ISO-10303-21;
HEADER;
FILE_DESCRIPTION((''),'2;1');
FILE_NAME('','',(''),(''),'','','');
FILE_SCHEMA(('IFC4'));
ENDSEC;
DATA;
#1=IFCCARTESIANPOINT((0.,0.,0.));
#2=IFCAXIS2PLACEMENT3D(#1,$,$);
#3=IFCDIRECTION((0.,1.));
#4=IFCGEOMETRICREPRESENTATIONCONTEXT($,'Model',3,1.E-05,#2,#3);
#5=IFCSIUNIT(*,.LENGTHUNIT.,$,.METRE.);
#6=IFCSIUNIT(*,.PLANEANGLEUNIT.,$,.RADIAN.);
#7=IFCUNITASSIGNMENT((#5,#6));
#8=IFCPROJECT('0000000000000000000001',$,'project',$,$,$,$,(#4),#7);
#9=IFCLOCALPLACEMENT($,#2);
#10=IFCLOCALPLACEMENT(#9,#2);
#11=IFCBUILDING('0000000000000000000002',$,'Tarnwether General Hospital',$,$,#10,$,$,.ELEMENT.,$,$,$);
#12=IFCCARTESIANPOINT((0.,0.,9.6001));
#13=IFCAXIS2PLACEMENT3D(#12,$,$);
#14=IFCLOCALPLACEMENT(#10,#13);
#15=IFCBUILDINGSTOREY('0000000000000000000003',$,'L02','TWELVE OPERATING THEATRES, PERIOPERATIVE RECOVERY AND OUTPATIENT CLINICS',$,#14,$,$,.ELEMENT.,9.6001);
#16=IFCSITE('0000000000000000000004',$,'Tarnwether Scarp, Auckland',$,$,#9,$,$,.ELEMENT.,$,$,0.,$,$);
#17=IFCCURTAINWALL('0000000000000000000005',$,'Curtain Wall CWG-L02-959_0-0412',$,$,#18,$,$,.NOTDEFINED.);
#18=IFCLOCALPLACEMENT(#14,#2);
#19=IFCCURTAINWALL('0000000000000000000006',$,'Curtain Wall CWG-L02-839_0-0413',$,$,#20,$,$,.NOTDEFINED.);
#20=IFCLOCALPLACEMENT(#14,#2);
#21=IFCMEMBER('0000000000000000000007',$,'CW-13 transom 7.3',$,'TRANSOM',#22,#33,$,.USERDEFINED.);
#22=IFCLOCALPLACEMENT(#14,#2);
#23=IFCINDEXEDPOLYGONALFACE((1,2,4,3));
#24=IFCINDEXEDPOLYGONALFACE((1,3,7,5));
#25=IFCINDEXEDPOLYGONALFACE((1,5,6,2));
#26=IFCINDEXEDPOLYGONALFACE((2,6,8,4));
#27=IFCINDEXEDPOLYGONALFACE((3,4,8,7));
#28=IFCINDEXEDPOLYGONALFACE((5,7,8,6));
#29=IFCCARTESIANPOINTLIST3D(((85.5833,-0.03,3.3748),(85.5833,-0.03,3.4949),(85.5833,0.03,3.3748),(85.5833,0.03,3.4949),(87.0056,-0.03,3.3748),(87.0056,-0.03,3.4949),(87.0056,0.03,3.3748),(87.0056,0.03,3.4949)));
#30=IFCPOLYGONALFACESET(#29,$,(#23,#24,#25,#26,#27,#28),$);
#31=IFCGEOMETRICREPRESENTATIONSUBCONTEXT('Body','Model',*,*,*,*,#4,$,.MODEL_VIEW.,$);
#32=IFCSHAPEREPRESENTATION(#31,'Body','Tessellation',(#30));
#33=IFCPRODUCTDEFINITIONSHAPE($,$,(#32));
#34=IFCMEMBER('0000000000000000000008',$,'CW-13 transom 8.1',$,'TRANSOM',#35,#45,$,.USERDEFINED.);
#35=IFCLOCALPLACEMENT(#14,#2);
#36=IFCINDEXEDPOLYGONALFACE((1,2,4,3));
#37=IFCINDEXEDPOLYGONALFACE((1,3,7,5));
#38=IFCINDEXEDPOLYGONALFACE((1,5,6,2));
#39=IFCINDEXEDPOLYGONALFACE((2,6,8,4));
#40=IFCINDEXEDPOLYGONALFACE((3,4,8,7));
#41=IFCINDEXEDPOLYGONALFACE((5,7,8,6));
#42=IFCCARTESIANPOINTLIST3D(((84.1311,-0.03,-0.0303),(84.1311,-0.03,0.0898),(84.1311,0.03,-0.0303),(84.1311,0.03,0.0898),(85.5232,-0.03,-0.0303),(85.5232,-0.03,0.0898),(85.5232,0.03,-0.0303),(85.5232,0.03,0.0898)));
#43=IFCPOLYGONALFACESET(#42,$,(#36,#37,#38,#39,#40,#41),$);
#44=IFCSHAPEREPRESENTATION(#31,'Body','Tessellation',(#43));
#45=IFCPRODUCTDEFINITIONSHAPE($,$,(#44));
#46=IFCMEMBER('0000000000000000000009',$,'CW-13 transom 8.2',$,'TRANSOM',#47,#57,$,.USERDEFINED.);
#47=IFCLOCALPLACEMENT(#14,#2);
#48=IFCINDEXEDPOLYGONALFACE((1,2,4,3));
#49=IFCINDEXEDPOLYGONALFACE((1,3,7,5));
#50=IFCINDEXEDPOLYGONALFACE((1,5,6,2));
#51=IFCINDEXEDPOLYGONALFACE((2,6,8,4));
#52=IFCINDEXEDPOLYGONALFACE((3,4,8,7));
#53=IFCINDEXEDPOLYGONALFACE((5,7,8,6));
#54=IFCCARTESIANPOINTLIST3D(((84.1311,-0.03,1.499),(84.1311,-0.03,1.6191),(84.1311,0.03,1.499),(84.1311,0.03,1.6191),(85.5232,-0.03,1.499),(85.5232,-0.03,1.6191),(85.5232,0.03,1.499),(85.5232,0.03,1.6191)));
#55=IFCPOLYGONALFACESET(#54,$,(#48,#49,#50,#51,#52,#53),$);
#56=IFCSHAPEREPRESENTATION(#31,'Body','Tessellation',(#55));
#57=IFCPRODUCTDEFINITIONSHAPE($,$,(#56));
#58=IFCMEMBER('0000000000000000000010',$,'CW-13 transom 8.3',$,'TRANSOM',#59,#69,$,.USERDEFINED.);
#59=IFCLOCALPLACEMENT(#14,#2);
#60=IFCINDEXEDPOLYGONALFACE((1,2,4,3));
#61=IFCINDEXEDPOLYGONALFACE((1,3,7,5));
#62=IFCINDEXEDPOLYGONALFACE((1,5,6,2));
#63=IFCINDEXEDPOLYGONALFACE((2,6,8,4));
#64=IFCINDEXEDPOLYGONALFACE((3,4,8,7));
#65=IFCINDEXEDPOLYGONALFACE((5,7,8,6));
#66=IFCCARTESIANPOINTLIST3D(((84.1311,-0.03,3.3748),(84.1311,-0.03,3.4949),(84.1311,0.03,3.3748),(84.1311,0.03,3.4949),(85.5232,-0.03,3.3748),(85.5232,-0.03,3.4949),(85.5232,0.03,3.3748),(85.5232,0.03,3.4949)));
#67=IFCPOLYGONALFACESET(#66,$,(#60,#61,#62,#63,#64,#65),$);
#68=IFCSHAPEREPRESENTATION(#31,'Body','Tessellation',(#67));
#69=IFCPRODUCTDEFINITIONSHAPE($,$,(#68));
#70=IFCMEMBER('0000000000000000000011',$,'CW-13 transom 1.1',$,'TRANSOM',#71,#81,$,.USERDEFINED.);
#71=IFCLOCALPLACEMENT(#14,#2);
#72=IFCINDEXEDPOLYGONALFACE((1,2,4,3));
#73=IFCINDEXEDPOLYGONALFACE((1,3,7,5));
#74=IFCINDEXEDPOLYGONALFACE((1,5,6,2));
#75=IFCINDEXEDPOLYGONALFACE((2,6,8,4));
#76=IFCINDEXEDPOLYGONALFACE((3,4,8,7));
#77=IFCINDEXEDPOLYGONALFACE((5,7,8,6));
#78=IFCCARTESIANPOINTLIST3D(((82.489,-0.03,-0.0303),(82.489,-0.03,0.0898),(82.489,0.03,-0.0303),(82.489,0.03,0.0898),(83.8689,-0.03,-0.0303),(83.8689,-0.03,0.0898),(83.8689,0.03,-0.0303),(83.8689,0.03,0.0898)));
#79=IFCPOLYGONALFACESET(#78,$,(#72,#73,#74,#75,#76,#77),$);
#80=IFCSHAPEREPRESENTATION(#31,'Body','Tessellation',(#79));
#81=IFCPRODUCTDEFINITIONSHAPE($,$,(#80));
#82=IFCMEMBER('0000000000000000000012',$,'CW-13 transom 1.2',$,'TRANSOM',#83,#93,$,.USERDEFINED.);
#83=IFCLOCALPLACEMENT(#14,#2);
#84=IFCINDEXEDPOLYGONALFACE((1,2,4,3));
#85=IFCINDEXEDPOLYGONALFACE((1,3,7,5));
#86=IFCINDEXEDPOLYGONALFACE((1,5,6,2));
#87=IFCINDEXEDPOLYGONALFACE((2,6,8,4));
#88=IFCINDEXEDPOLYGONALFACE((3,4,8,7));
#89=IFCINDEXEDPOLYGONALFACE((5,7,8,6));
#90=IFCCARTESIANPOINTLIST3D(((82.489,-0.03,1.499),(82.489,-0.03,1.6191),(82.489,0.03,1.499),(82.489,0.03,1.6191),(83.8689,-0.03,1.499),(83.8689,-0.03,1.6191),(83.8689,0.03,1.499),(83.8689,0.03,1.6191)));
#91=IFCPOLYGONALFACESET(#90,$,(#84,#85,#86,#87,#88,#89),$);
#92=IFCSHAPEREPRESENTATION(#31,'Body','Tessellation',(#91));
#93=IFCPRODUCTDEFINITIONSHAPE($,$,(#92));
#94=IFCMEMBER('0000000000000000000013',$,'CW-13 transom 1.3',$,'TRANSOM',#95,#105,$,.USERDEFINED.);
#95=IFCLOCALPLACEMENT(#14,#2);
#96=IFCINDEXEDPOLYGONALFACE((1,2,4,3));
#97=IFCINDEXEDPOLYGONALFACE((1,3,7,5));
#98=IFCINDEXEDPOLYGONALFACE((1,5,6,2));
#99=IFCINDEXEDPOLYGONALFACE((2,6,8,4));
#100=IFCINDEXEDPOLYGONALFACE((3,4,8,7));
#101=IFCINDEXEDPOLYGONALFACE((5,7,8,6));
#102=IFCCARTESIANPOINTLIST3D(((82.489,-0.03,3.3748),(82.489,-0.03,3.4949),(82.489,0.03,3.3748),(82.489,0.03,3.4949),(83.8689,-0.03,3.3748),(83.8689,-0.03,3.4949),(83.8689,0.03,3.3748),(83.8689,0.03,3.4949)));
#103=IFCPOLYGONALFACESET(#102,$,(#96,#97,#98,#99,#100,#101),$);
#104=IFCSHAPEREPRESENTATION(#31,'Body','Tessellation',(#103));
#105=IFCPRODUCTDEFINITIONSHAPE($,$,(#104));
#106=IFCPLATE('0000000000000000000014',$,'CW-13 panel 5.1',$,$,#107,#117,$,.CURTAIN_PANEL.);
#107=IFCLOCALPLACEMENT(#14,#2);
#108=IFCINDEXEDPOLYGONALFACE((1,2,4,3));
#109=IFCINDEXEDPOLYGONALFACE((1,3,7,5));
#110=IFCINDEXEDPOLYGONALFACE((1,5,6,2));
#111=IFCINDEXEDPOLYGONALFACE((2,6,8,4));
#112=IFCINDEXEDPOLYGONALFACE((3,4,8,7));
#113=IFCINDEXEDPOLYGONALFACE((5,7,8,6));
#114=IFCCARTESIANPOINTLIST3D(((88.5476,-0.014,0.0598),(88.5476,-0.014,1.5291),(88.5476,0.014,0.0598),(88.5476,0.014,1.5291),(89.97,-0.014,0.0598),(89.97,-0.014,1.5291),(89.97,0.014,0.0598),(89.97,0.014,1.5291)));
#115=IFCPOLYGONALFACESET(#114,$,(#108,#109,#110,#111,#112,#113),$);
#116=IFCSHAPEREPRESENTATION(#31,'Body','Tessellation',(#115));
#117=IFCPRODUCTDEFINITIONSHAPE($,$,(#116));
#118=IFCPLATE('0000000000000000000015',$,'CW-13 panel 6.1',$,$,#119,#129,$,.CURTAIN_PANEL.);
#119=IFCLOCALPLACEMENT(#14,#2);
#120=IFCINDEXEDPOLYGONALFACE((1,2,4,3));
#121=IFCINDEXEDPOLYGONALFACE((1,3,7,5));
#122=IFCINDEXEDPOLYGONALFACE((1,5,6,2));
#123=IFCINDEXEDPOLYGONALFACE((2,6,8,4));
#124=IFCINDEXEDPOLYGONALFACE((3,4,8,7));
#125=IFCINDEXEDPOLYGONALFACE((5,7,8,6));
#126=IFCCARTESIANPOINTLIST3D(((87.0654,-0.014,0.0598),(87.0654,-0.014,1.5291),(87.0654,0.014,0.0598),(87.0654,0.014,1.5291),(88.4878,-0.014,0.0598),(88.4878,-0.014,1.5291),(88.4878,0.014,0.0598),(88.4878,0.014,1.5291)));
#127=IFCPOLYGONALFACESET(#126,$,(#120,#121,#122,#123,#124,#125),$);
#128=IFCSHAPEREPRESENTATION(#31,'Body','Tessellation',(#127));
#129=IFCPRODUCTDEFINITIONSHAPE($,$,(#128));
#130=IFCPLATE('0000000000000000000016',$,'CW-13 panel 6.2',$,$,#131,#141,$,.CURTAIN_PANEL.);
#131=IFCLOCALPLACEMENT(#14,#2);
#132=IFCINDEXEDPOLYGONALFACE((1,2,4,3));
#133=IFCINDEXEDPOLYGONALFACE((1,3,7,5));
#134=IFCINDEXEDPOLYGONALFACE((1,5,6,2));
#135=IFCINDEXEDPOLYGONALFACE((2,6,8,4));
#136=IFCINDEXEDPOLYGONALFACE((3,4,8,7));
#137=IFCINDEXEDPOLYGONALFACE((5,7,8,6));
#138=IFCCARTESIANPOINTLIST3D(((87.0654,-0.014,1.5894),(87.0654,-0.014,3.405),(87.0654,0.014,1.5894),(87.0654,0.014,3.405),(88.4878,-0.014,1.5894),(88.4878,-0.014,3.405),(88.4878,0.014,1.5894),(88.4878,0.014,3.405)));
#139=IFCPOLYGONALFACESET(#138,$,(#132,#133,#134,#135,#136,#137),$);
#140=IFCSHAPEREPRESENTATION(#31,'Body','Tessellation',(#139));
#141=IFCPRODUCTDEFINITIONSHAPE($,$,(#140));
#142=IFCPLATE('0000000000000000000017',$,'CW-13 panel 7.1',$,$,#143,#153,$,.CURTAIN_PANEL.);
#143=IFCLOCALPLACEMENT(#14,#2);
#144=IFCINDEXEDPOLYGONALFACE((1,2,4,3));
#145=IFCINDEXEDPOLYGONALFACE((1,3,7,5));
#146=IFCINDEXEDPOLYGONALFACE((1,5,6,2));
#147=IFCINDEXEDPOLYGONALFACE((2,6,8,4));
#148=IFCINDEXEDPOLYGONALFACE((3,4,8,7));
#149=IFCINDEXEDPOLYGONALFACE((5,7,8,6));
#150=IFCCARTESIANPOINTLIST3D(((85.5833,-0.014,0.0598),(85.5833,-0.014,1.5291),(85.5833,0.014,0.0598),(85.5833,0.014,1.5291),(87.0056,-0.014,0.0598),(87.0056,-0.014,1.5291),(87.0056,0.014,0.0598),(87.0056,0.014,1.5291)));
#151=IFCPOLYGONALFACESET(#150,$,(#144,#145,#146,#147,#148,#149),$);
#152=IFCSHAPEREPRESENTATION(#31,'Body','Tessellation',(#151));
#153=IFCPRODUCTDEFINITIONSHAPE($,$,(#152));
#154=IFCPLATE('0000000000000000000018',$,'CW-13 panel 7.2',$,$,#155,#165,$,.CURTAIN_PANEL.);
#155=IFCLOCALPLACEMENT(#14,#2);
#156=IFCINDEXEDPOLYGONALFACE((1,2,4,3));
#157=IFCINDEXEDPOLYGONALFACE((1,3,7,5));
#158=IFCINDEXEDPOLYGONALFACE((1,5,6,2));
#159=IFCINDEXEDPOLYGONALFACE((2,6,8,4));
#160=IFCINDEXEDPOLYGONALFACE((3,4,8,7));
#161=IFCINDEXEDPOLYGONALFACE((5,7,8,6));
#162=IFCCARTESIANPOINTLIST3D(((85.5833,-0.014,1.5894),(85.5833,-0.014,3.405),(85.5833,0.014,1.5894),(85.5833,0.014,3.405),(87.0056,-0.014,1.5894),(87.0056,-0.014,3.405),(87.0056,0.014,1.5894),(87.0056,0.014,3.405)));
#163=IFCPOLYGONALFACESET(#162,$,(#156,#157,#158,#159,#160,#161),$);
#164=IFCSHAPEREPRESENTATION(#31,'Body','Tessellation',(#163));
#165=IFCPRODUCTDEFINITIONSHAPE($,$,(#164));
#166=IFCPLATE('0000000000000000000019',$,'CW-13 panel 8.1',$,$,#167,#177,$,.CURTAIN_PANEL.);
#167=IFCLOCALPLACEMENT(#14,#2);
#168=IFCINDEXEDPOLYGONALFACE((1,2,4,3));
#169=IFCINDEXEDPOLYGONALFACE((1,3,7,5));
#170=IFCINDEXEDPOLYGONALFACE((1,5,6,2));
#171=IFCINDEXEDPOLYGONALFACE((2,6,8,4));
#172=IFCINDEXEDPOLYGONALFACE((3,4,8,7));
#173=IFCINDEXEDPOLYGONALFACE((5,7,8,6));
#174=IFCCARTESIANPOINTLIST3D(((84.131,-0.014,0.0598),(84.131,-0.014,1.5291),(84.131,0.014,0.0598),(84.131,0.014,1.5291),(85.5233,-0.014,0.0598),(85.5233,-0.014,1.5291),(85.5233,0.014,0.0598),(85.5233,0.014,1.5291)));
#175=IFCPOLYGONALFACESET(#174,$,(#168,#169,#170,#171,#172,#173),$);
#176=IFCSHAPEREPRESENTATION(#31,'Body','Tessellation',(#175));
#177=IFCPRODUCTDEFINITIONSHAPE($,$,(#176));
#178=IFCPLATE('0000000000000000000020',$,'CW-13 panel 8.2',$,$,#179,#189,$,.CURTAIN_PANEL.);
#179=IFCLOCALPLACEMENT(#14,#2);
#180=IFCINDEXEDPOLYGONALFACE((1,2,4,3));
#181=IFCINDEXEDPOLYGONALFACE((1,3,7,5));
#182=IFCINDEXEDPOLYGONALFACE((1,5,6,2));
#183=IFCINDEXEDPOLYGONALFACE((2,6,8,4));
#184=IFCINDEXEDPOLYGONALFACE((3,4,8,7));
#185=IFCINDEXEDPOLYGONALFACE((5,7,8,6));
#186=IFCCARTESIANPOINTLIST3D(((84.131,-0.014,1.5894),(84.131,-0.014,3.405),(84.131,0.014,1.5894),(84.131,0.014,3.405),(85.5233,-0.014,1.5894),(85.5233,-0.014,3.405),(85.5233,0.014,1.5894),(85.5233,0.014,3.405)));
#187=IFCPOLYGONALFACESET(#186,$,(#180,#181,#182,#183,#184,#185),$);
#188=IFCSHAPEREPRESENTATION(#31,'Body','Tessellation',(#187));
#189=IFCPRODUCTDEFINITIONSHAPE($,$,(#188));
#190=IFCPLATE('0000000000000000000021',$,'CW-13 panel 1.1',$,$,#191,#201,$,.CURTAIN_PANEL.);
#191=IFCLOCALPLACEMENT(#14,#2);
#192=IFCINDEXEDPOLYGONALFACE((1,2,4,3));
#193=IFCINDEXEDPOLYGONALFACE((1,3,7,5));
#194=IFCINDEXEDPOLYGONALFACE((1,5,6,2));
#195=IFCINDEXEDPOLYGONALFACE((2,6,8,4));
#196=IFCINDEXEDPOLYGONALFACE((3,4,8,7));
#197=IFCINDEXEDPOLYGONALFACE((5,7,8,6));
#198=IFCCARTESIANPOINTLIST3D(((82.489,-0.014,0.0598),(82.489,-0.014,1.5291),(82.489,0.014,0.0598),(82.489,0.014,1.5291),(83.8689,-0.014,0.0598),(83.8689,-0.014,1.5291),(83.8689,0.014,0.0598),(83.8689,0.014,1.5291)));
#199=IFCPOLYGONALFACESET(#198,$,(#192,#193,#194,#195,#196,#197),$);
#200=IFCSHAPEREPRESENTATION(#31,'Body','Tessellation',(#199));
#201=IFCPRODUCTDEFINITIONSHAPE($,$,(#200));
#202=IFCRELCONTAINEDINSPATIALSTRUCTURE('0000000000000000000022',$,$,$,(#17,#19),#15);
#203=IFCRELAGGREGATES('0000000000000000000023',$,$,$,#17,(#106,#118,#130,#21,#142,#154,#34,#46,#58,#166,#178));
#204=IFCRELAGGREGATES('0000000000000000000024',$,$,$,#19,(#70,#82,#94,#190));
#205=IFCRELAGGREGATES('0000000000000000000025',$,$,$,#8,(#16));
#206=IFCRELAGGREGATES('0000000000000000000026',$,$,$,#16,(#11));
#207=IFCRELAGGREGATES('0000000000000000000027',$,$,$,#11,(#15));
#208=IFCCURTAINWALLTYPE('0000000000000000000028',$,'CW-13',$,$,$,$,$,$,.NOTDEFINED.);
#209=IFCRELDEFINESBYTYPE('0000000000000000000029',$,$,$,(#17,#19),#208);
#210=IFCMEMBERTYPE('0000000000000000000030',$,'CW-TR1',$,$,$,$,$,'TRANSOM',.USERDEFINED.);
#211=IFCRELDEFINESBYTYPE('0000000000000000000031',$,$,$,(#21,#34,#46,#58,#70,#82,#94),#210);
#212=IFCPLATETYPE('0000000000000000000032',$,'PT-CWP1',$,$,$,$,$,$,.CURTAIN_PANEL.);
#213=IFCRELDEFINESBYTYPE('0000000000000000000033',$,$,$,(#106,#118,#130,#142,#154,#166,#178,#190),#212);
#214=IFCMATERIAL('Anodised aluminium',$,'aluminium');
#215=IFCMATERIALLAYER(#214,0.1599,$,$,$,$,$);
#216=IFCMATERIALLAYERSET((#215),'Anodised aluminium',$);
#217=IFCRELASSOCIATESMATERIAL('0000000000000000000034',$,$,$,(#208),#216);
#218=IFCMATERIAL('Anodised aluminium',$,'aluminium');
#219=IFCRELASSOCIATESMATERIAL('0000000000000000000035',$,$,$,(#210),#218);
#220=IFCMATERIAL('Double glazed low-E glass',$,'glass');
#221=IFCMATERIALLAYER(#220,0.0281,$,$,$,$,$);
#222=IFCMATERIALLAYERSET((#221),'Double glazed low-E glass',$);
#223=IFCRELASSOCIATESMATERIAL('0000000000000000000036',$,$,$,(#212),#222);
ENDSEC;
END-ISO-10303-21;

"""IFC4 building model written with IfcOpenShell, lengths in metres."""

from ifc_helpers import new_model, si_unit, direction, frame, origin, origin_2d, place, context, subcontext, project, spatial, rectangle, extrude, material, layer, layer_set, material_profile, profile_set, type_object, element, aggregate, save


model = new_model("IFC4")

# Units and contexts
model_context = context("Model", 3, precision=1e-05, world=origin(), true_north=direction((0.0, 1.0)))
body_context = subcontext(model_context, "Body", "Model", "MODEL_VIEW")
ifc_project = project(units=[si_unit("LENGTHUNIT", "METRE"), si_unit("PLANEANGLEUNIT", "RADIAN")], contexts=[model_context])

# Site, building, storey
site_placement = place(None, origin())
site = spatial("IfcSite", under=ifc_project, at=site_placement, Name="Tarnwether Scarp, Auckland", CompositionType="ELEMENT", RefElevation=0.0)
building_placement = place(site_placement, origin())
building = spatial("IfcBuilding", under=site, at=building_placement, Name="Tarnwether General Hospital", CompositionType="ELEMENT")
storey_placement = place(building_placement, frame((0.0, 0.0, 9.6001)))
storey = spatial("IfcBuildingStorey", under=building, at=storey_placement, Name="L02", Description="TWELVE OPERATING THEATRES, PERIOPERATIVE RECOVERY AND OUTPATIENT CLINICS", CompositionType="ELEMENT", Elevation=9.6001)

# Curtain wall
ifc_material_1 = material(Name="Anodised aluminium", Category="aluminium")
ifc_layer_1 = layer(ifc_material_1, 0.1599)
ifc_layer_set_1 = layer_set([ifc_layer_1], Name="Anodised aluminium")
curtain_wall_type = type_object("IfcCurtainWallType", Name="CW-13", PredefinedType="NOTDEFINED", material=ifc_layer_set_1)
curtain_wall_1_placement = place(storey_placement, origin())
curtain_wall_1 = element("IfcCurtainWall", 1, at=curtain_wall_1_placement, inside=storey, type_object=curtain_wall_type, Name="Curtain Wall CWG-L02-959_0-0412", PredefinedType="NOTDEFINED")

# Curtain wall
curtain_wall_2_placement = place(storey_placement, origin())
curtain_wall_2 = element("IfcCurtainWall", 2, at=curtain_wall_2_placement, inside=storey, type_object=curtain_wall_type, Name="Curtain Wall CWG-L02-839_0-0413", PredefinedType="NOTDEFINED")

# Members
ifc_material_2 = material(Name="Anodised aluminium", Category="aluminium")
ifc_material_profile_1 = material_profile(ifc_material_2, rectangle(XDim=0.0601, YDim=0.1201, at=origin_2d()), Name="ALU-TRN-60x120")
ifc_profile_set_1 = profile_set([ifc_material_profile_1], Name="Anodised aluminium")
member_type_1 = type_object("IfcMemberType", Name="CW-TR1", ElementType="TRANSOM", PredefinedType="USERDEFINED", material=ifc_profile_set_1)
member_1_placement = place(storey_placement, frame((87.0056, 0.0, 3.4348), z_axis=(-1.0, 0.0, 0.0), x_axis=(0.0, -1.0, 0.0)))
member_1 = element("IfcMember", 3, at=member_1_placement, type_object=member_type_1, Name="CW-13 transom 7.3", ObjectType="TRANSOM", PredefinedType="USERDEFINED", context=body_context, shape_type="SweptSolid", body=[
    extrude(rectangle(XDim=0.0601, YDim=0.1201, at=origin_2d()), origin(), (0.0, 0.0, 1.0), 1.4224),
])
member_2_placement = place(storey_placement, frame((85.5232, 0.0, 0.0298), z_axis=(-1.0, 0.0, 0.0), x_axis=(0.0, -1.0, 0.0)))
member_2 = element("IfcMember", 4, at=member_2_placement, type_object=member_type_1, Name="CW-13 transom 8.1", ObjectType="TRANSOM", PredefinedType="USERDEFINED", context=body_context, shape_type="SweptSolid", body=[
    extrude(rectangle(XDim=0.0601, YDim=0.1201, at=origin_2d()), origin(), (0.0, 0.0, 1.0), 1.3921),
])
member_3_placement = place(storey_placement, frame((85.5232, 0.0, 1.5591), z_axis=(-1.0, 0.0, 0.0), x_axis=(0.0, -1.0, 0.0)))
member_3 = element("IfcMember", 5, at=member_3_placement, type_object=member_type_1, Name="CW-13 transom 8.2", ObjectType="TRANSOM", PredefinedType="USERDEFINED", context=body_context, shape_type="SweptSolid", body=[
    extrude(rectangle(XDim=0.0601, YDim=0.1201, at=origin_2d()), origin(), (0.0, 0.0, 1.0), 1.3921),
])
member_4_placement = place(storey_placement, frame((85.5232, 0.0, 3.4348), z_axis=(-1.0, 0.0, 0.0), x_axis=(0.0, -1.0, 0.0)))
member_4 = element("IfcMember", 6, at=member_4_placement, type_object=member_type_1, Name="CW-13 transom 8.3", ObjectType="TRANSOM", PredefinedType="USERDEFINED", context=body_context, shape_type="SweptSolid", body=[
    extrude(rectangle(XDim=0.0601, YDim=0.1201, at=origin_2d()), origin(), (0.0, 0.0, 1.0), 1.3921),
])
member_5_placement = place(storey_placement, frame((83.8689, 0.0, 0.0298), z_axis=(-1.0, 0.0, 0.0), x_axis=(0.0, -1.0, 0.0)))
member_5 = element("IfcMember", 7, at=member_5_placement, type_object=member_type_1, Name="CW-13 transom 1.1", ObjectType="TRANSOM", PredefinedType="USERDEFINED", context=body_context, shape_type="SweptSolid", body=[
    extrude(rectangle(XDim=0.0601, YDim=0.1201, at=origin_2d()), origin(), (0.0, 0.0, 1.0), 1.3799),
])
member_6_placement = place(storey_placement, frame((83.8689, 0.0, 1.5591), z_axis=(-1.0, 0.0, 0.0), x_axis=(0.0, -1.0, 0.0)))
member_6 = element("IfcMember", 8, at=member_6_placement, type_object=member_type_1, Name="CW-13 transom 1.2", ObjectType="TRANSOM", PredefinedType="USERDEFINED", context=body_context, shape_type="SweptSolid", body=[
    extrude(rectangle(XDim=0.0601, YDim=0.1201, at=origin_2d()), origin(), (0.0, 0.0, 1.0), 1.3799),
])
member_7_placement = place(storey_placement, frame((83.8689, 0.0, 3.4348), z_axis=(-1.0, 0.0, 0.0), x_axis=(0.0, -1.0, 0.0)))
member_7 = element("IfcMember", 9, at=member_7_placement, type_object=member_type_1, Name="CW-13 transom 1.3", ObjectType="TRANSOM", PredefinedType="USERDEFINED", context=body_context, shape_type="SweptSolid", body=[
    extrude(rectangle(XDim=0.0601, YDim=0.1201, at=origin_2d()), origin(), (0.0, 0.0, 1.0), 1.3799),
])

# Plates
ifc_material_3 = material(Name="Double glazed low-E glass", Category="glass")
ifc_layer_2 = layer(ifc_material_3, 0.0281)
ifc_layer_set_2 = layer_set([ifc_layer_2], Name="Double glazed low-E glass")
plate_type_1 = type_object("IfcPlateType", Name="PT-CWP1", PredefinedType="CURTAIN_PANEL", material=ifc_layer_set_2)
plate_1_placement = place(storey_placement, frame((89.2588, 0.0, 0.0598), z_axis=(0.0, 0.0, 1.0), x_axis=(-1.0, 0.0, 0.0)))
plate_1 = element("IfcPlate", 10, at=plate_1_placement, type_object=plate_type_1, Name="CW-13 panel 5.1", PredefinedType="CURTAIN_PANEL", context=body_context, shape_type="SweptSolid", body=[
    extrude(rectangle(XDim=1.4224, YDim=0.0281, at=origin_2d()), origin(), (0.0, 0.0, 1.0), 1.4692),
])
plate_2_placement = place(storey_placement, frame((87.7766, 0.0, 0.0598), z_axis=(0.0, 0.0, 1.0), x_axis=(-1.0, 0.0, 0.0)))
plate_2 = element("IfcPlate", 11, at=plate_2_placement, type_object=plate_type_1, Name="CW-13 panel 6.1", PredefinedType="CURTAIN_PANEL", context=body_context, shape_type="SweptSolid", body=[
    extrude(rectangle(XDim=1.4224, YDim=0.0281, at=origin_2d()), origin(), (0.0, 0.0, 1.0), 1.4692),
])
plate_3_placement = place(storey_placement, frame((87.7766, 0.0, 1.5894), z_axis=(0.0, 0.0, 1.0), x_axis=(-1.0, 0.0, 0.0)))
plate_3 = element("IfcPlate", 12, at=plate_3_placement, type_object=plate_type_1, Name="CW-13 panel 6.2", PredefinedType="CURTAIN_PANEL", context=body_context, shape_type="SweptSolid", body=[
    extrude(rectangle(XDim=1.4224, YDim=0.0281, at=origin_2d()), origin(), (0.0, 0.0, 1.0), 1.8157),
])
plate_4_placement = place(storey_placement, frame((86.2944, 0.0, 0.0598), z_axis=(0.0, 0.0, 1.0), x_axis=(-1.0, 0.0, 0.0)))
plate_4 = element("IfcPlate", 13, at=plate_4_placement, type_object=plate_type_1, Name="CW-13 panel 7.1", PredefinedType="CURTAIN_PANEL", context=body_context, shape_type="SweptSolid", body=[
    extrude(rectangle(XDim=1.4224, YDim=0.0281, at=origin_2d()), origin(), (0.0, 0.0, 1.0), 1.4692),
])
plate_5_placement = place(storey_placement, frame((86.2944, 0.0, 1.5894), z_axis=(0.0, 0.0, 1.0), x_axis=(-1.0, 0.0, 0.0)))
plate_5 = element("IfcPlate", 14, at=plate_5_placement, type_object=plate_type_1, Name="CW-13 panel 7.2", PredefinedType="CURTAIN_PANEL", context=body_context, shape_type="SweptSolid", body=[
    extrude(rectangle(XDim=1.4224, YDim=0.0281, at=origin_2d()), origin(), (0.0, 0.0, 1.0), 1.8157),
])
plate_6_placement = place(storey_placement, frame((84.8271, 0.0, 0.0598), z_axis=(0.0, 0.0, 1.0), x_axis=(-1.0, 0.0, 0.0)))
plate_6 = element("IfcPlate", 15, at=plate_6_placement, type_object=plate_type_1, Name="CW-13 panel 8.1", PredefinedType="CURTAIN_PANEL", context=body_context, shape_type="SweptSolid", body=[
    extrude(rectangle(XDim=1.3923, YDim=0.0281, at=origin_2d()), origin(), (0.0, 0.0, 1.0), 1.4692),
])
plate_7_placement = place(storey_placement, frame((84.8271, 0.0, 1.5894), z_axis=(0.0, 0.0, 1.0), x_axis=(-1.0, 0.0, 0.0)))
plate_7 = element("IfcPlate", 16, at=plate_7_placement, type_object=plate_type_1, Name="CW-13 panel 8.2", PredefinedType="CURTAIN_PANEL", context=body_context, shape_type="SweptSolid", body=[
    extrude(rectangle(XDim=1.3923, YDim=0.0281, at=origin_2d()), origin(), (0.0, 0.0, 1.0), 1.8157),
])
aggregate(curtain_wall_1, [plate_1, plate_2, plate_3, member_1, plate_4, plate_5, member_2, member_3, member_4, plate_6, plate_7])
plate_8_placement = place(storey_placement, frame((83.179, 0.0, 0.0598), z_axis=(0.0, 0.0, 1.0), x_axis=(-1.0, 0.0, 0.0)))
plate_8 = element("IfcPlate", 17, at=plate_8_placement, type_object=plate_type_1, Name="CW-13 panel 1.1", PredefinedType="CURTAIN_PANEL", context=body_context, shape_type="SweptSolid", body=[
    extrude(rectangle(XDim=1.3799, YDim=0.0281, at=origin_2d()), origin(), (0.0, 0.0, 1.0), 1.4692),
])
aggregate(curtain_wall_2, [member_5, member_6, member_7, plate_8])

save(model, "model.ifc")
